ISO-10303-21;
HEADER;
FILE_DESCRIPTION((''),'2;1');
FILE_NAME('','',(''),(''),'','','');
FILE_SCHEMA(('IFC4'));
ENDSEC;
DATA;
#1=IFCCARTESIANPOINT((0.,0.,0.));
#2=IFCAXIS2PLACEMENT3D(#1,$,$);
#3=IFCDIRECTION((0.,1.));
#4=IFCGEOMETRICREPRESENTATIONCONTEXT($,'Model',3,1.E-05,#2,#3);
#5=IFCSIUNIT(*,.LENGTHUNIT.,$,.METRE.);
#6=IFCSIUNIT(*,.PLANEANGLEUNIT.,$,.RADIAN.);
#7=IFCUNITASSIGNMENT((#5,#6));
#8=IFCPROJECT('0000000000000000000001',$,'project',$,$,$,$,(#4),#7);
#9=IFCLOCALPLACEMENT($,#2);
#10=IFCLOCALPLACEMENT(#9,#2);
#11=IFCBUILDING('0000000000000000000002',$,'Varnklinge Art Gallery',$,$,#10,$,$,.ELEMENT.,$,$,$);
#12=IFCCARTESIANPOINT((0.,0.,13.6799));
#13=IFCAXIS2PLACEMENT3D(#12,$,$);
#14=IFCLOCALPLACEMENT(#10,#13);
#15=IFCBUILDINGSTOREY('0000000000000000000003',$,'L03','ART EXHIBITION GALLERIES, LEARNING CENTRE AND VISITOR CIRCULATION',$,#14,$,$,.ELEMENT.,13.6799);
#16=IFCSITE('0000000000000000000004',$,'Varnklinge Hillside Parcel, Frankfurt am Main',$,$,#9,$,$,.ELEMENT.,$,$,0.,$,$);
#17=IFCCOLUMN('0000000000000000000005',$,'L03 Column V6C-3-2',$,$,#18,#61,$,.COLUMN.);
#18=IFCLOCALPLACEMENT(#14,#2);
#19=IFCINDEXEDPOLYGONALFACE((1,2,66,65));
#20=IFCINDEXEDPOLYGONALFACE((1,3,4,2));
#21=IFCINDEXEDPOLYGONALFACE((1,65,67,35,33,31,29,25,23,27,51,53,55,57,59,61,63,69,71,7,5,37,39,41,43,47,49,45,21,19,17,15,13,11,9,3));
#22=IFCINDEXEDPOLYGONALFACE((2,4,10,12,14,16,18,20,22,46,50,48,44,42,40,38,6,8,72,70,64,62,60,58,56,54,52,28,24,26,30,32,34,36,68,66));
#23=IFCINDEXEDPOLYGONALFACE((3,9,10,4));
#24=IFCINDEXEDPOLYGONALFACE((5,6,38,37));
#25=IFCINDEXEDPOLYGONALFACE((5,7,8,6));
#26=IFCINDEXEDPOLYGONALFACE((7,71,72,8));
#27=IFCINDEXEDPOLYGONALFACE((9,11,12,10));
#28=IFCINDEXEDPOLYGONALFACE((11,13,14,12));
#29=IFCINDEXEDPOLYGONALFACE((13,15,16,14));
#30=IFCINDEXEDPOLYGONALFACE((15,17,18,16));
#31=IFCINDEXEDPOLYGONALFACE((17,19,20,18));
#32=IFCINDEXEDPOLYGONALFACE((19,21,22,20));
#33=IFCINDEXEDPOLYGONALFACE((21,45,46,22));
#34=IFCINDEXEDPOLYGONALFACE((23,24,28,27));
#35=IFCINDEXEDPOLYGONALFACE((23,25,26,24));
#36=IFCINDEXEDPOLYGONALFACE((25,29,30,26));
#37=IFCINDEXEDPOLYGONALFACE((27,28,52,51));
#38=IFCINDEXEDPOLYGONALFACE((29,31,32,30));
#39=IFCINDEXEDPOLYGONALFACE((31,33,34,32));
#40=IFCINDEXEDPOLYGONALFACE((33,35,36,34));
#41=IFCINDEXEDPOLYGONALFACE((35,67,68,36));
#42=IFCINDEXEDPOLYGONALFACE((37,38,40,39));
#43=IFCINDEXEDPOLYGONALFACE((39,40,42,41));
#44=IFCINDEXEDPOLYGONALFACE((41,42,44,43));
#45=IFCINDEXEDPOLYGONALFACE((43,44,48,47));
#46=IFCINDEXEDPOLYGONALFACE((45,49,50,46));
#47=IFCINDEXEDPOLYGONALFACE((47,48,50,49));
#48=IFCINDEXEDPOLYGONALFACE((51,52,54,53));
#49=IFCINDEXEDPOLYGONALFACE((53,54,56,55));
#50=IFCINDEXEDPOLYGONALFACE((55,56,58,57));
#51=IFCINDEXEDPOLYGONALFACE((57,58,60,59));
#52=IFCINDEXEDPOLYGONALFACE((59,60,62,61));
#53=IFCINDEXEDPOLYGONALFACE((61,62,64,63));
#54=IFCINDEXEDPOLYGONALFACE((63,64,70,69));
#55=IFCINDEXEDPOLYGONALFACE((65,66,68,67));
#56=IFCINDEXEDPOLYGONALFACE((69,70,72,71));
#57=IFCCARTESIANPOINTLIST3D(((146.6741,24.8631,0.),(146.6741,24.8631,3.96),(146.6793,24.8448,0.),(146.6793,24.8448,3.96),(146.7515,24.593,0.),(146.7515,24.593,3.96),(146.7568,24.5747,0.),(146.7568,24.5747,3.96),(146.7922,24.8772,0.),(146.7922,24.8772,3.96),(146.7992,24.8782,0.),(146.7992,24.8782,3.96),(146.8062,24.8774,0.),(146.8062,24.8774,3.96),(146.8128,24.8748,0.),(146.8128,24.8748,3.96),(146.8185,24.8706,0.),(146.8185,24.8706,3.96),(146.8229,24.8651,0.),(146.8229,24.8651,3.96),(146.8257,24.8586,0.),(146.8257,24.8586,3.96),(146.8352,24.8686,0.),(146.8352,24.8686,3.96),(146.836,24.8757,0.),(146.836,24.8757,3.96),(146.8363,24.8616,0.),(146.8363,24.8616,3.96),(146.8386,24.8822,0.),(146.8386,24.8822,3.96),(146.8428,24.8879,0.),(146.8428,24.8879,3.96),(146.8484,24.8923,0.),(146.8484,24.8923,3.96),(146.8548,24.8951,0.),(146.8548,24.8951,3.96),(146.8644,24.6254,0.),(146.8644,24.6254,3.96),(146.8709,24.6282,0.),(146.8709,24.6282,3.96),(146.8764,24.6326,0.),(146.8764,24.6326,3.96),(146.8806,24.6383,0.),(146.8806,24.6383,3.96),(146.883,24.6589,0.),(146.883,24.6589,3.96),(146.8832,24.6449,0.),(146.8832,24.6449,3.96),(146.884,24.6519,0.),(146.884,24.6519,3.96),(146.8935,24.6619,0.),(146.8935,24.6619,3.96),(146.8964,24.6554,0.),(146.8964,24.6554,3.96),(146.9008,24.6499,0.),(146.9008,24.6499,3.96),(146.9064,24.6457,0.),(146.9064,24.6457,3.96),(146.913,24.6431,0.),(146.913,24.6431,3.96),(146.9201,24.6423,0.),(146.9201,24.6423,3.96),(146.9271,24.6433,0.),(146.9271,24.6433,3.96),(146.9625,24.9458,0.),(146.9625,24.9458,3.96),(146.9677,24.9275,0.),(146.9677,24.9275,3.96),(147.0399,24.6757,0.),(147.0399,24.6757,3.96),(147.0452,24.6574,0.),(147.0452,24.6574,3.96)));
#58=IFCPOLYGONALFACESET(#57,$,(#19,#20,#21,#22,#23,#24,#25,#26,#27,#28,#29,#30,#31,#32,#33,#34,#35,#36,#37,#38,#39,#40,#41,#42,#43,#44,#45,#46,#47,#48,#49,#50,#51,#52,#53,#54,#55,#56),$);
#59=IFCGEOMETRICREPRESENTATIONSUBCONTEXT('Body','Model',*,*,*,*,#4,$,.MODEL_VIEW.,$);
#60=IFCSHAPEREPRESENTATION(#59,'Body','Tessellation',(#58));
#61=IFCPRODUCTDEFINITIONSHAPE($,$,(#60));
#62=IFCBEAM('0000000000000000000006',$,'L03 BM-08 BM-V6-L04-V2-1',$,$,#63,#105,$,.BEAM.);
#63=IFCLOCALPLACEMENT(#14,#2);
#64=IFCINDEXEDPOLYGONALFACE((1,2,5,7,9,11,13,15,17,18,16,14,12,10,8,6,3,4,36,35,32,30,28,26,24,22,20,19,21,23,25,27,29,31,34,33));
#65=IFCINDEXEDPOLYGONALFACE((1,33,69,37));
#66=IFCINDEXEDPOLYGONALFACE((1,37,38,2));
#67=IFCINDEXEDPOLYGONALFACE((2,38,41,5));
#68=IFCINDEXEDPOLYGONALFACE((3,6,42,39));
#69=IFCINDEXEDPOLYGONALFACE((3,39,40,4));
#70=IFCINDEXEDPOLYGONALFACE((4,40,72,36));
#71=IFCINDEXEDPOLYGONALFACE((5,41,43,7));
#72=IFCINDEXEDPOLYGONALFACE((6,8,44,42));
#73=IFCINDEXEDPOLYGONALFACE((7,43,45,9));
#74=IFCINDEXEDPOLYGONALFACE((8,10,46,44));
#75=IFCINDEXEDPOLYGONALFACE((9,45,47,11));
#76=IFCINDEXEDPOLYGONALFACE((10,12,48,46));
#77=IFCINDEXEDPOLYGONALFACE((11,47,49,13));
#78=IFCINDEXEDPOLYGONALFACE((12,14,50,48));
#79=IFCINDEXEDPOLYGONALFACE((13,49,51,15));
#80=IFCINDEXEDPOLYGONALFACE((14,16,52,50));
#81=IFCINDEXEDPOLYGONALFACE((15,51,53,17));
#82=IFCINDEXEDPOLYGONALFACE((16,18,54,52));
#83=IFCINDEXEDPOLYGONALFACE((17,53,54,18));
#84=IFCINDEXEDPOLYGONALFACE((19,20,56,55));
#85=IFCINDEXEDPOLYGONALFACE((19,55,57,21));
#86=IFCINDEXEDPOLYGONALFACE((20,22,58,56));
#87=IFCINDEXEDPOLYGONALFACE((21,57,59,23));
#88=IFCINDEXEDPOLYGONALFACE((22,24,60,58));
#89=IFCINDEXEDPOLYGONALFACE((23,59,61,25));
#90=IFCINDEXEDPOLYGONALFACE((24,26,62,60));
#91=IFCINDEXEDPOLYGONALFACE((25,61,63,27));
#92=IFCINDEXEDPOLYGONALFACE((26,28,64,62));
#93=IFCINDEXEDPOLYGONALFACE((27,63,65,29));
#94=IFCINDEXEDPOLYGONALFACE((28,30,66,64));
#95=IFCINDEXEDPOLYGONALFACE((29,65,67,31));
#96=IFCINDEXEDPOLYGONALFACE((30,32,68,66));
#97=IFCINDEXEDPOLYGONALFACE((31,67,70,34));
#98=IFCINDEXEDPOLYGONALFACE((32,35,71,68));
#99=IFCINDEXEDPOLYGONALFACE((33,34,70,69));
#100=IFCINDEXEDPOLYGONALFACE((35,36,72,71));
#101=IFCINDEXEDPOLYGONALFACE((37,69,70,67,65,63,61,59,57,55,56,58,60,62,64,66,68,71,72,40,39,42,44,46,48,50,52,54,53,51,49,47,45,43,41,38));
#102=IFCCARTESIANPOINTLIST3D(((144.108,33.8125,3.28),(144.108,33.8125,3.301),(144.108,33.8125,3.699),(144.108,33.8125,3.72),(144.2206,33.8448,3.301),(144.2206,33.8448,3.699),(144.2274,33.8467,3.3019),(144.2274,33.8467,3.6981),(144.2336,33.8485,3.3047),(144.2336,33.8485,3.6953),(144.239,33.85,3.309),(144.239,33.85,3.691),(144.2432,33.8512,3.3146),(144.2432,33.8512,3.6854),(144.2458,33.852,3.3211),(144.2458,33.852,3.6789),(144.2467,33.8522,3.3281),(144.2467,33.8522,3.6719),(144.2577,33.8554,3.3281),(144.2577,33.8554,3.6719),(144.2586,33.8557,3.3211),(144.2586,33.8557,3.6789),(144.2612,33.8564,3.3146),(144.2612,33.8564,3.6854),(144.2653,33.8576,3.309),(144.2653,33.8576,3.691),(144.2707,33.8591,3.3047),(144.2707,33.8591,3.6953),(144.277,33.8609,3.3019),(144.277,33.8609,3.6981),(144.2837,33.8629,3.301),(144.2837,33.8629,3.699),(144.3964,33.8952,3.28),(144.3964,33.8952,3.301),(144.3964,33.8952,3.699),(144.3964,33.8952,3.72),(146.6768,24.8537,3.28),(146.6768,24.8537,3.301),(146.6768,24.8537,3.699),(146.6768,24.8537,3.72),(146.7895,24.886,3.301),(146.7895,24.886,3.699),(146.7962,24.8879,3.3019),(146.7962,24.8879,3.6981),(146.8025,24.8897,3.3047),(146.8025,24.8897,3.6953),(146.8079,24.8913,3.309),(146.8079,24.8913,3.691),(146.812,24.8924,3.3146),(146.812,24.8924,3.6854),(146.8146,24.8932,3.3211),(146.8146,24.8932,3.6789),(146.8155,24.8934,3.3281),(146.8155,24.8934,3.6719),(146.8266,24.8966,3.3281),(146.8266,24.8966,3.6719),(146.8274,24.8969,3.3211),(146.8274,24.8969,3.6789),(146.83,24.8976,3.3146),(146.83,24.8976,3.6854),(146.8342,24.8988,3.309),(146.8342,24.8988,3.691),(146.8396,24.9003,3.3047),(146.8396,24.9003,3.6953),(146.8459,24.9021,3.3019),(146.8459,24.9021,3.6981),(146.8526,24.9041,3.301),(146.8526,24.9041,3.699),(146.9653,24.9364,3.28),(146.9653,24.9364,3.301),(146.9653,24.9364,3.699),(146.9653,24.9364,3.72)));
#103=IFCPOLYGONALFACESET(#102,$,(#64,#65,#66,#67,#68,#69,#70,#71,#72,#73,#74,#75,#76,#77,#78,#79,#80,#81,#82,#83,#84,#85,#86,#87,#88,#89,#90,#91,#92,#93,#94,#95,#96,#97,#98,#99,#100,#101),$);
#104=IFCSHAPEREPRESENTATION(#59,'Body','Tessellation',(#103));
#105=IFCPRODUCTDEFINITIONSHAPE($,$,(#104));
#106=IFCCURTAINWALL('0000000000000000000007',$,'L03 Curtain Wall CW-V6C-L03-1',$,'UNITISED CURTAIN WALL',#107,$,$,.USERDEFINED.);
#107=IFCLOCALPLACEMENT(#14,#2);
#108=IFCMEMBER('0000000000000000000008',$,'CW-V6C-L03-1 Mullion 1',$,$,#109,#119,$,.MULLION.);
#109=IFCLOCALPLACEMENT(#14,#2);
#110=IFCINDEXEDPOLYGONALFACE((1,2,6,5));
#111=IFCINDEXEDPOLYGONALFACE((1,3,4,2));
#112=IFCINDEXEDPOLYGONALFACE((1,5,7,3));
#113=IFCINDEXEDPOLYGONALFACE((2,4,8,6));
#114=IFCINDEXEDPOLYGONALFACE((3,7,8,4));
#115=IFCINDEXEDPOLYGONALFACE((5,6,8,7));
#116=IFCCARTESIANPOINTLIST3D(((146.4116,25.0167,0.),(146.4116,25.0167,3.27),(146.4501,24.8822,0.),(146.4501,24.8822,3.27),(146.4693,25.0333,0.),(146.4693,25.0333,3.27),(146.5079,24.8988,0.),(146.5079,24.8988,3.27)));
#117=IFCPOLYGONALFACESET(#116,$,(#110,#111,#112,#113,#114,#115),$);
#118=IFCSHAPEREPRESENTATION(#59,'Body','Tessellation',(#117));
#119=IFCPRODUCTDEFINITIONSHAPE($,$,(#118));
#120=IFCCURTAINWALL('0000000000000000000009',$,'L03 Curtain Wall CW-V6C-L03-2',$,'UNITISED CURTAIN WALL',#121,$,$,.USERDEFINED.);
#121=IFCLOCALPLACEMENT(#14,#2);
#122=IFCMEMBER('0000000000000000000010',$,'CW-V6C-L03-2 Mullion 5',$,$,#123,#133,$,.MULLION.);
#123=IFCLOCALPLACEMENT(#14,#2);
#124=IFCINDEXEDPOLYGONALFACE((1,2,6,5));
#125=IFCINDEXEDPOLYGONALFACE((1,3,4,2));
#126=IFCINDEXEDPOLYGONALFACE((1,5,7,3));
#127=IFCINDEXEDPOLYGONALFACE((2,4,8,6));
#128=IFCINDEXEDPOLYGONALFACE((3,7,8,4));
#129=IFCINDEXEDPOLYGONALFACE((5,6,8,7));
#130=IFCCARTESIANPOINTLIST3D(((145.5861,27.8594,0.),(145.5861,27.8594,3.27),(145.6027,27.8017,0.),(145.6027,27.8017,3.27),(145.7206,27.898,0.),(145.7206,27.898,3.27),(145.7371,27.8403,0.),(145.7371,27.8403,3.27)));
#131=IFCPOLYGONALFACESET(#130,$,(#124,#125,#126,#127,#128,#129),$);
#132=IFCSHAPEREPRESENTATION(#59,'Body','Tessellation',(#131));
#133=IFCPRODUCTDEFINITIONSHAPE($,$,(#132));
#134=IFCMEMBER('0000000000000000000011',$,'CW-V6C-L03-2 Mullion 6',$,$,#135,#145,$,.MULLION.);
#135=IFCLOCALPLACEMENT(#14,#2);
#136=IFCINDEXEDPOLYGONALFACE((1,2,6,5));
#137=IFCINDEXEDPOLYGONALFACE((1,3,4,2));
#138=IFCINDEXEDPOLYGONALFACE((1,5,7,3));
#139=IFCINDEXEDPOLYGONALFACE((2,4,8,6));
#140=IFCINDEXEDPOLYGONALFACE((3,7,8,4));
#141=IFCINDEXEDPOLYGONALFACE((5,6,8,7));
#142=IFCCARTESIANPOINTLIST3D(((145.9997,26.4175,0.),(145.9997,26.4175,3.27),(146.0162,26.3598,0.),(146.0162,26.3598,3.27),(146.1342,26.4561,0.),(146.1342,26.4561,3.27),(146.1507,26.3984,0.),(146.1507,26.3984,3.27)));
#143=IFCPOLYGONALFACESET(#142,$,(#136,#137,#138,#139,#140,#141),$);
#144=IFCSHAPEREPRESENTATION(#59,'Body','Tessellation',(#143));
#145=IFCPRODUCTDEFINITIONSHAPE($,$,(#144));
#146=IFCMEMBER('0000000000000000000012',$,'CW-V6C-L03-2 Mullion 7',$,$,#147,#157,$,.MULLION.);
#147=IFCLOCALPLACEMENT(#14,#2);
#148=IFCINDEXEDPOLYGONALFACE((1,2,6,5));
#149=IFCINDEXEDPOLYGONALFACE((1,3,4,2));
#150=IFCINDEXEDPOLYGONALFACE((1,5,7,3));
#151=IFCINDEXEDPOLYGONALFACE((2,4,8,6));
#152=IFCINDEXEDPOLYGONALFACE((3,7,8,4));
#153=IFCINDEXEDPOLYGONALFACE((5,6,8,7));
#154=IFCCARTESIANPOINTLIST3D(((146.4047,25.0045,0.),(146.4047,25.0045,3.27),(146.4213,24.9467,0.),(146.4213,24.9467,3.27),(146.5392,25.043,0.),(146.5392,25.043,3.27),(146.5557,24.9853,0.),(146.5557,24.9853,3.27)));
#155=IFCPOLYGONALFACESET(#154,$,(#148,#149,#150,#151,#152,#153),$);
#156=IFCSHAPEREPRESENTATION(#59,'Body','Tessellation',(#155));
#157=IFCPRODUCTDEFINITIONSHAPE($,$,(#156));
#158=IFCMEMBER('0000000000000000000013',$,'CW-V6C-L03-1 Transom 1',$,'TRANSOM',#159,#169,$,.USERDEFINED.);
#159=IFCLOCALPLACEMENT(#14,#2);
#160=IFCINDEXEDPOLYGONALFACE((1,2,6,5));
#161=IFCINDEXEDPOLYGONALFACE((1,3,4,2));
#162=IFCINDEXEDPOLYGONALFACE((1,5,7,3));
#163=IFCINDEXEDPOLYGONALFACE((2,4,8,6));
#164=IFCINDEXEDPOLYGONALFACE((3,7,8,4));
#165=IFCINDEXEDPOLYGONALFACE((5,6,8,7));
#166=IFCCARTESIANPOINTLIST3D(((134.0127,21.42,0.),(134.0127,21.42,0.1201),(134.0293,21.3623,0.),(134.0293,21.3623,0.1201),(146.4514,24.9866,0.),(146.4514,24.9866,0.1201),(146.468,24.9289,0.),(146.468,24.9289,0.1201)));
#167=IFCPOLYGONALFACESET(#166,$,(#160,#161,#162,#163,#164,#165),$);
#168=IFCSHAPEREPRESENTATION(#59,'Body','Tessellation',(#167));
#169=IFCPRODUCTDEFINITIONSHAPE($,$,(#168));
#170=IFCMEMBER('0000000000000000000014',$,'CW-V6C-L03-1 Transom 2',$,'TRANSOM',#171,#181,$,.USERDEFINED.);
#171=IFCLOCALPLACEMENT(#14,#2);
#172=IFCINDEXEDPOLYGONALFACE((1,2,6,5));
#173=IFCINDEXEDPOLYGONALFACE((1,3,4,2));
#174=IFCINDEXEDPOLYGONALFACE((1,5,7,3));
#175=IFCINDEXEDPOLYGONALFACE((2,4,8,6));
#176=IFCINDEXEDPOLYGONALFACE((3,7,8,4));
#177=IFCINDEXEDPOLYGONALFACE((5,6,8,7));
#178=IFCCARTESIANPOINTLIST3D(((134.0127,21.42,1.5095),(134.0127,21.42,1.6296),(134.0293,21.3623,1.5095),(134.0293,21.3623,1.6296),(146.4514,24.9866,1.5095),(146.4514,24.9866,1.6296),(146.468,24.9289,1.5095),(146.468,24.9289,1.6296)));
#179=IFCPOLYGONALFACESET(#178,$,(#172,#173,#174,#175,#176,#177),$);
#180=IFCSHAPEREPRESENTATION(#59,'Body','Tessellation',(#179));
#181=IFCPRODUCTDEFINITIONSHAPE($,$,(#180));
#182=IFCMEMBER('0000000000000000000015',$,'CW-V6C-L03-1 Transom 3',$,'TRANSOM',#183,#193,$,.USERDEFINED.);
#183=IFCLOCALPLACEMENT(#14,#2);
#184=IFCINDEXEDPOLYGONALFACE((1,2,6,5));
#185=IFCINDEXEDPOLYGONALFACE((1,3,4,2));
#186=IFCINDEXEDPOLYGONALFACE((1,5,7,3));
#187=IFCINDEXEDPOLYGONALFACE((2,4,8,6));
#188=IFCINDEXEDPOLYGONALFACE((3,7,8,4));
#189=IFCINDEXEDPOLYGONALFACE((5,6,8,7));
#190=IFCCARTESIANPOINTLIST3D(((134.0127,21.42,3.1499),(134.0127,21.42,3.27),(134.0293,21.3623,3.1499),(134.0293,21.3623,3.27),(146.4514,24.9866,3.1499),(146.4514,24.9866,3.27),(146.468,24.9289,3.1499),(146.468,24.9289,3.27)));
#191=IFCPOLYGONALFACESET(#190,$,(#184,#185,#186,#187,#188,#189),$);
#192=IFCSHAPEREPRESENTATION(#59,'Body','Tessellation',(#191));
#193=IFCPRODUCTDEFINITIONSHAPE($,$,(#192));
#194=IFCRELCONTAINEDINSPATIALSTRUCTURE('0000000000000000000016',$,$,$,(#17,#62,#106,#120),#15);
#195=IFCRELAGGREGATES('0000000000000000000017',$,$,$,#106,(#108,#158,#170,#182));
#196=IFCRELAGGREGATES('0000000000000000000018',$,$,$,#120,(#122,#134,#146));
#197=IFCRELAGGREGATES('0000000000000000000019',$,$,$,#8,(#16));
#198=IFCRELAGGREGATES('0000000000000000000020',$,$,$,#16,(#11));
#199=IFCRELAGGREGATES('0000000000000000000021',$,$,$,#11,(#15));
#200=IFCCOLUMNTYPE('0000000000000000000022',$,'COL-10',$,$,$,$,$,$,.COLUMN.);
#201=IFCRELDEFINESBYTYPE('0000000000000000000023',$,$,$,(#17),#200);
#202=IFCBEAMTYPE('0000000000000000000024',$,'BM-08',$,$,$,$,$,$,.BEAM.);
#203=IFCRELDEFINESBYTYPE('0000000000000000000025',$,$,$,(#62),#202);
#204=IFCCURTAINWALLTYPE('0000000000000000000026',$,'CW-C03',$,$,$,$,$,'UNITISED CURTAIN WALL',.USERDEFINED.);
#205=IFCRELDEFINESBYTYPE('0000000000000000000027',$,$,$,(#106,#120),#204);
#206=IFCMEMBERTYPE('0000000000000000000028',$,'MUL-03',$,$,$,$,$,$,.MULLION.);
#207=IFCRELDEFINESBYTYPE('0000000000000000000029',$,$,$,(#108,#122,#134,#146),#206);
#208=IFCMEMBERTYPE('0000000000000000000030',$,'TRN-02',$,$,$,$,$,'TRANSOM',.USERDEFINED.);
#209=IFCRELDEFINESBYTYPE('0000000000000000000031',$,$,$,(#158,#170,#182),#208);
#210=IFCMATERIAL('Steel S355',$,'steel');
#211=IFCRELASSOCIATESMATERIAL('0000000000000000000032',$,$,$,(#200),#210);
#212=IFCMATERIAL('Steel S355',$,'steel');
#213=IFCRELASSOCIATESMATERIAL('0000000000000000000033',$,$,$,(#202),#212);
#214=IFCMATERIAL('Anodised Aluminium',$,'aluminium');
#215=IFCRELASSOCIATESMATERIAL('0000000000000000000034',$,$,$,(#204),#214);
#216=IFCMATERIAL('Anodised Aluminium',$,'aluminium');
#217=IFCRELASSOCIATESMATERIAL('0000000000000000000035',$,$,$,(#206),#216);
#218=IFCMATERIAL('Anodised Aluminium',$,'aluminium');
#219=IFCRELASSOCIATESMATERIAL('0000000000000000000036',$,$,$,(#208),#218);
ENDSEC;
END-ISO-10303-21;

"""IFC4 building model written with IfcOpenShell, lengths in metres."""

from ifc_helpers import new_model, si_unit, direction, frame, origin, origin_2d, place, context, subcontext, project, spatial, rectangle, i_section, extrude, material, material_profile, profile_set, type_object, element, aggregate, save


model = new_model("IFC4")

# Units and contexts
model_context = context("Model", 3, precision=1e-05, world=origin(), true_north=direction((0.0, 1.0)))
body_context = subcontext(model_context, "Body", "Model", "MODEL_VIEW")
ifc_project = project(units=[si_unit("LENGTHUNIT", "METRE"), si_unit("PLANEANGLEUNIT", "RADIAN")], contexts=[model_context])

# Site, building, storey
site_placement = place(None, origin())
site = spatial("IfcSite", under=ifc_project, at=site_placement, Name="Varnklinge Hillside Parcel, Frankfurt am Main", CompositionType="ELEMENT", RefElevation=0.0)
building_placement = place(site_placement, origin())
building = spatial("IfcBuilding", under=site, at=building_placement, Name="Varnklinge Art Gallery", CompositionType="ELEMENT")
storey_placement = place(building_placement, frame((0.0, 0.0, 13.6799)))
storey = spatial("IfcBuildingStorey", under=building, at=storey_placement, Name="L03", Description="ART EXHIBITION GALLERIES, LEARNING CENTRE AND VISITOR CIRCULATION", CompositionType="ELEMENT", Elevation=13.6799)

# Column
ifc_material_1 = material(Name="Steel S355", Category="steel")
ifc_material_profile_1 = material_profile(ifc_material_1, i_section(OverallWidth=0.3, OverallDepth=0.3, WebThickness=0.011, FlangeThickness=0.019, FilletRadius=0.0271, at=origin_2d()), Name="HEB 300")
ifc_profile_set_1 = profile_set([ifc_material_profile_1], Name="Steel S355")
column_type = type_object("IfcColumnType", Name="COL-10", PredefinedType="COLUMN", material=ifc_profile_set_1)
column_placement = place(storey_placement, frame((146.8596, 24.7603, 0.0), z_axis=(0.0, 0.0, 1.0), x_axis=(0.961262, 0.275637, 0.0)))
element("IfcColumn", 1, at=column_placement, inside=storey, type_object=column_type, Name="L03 Column V6C-3-2", PredefinedType="COLUMN", context=body_context, shape_type="SweptSolid", body=[
    extrude(i_section(OverallWidth=0.3, OverallDepth=0.3, WebThickness=0.011, FlangeThickness=0.019, FilletRadius=0.0271, at=origin_2d()), origin(), (0.0, 0.0, 1.0), 3.96),
])

# Beam
ifc_material_2 = material(Name="Steel S355", Category="steel")
ifc_material_profile_2 = material_profile(ifc_material_2, i_section(OverallWidth=0.3, OverallDepth=0.4399, WebThickness=0.0115, FlangeThickness=0.021, FilletRadius=0.0271, at=origin_2d()), Name="HEA 450")
ifc_profile_set_2 = profile_set([ifc_material_profile_2], Name="Steel S355")
beam_type = type_object("IfcBeamType", Name="BM-08", PredefinedType="BEAM", material=ifc_profile_set_2)
beam_placement = place(storey_placement, frame((146.821, 24.895, 3.5), z_axis=(-0.275634, 0.961263, 0.0), x_axis=(-0.961263, -0.275634, 0.0)))
element("IfcBeam", 2, at=beam_placement, inside=storey, type_object=beam_type, Name="L03 BM-08 BM-V6-L04-V2-1", PredefinedType="BEAM", context=body_context, shape_type="SweptSolid", body=[
    extrude(i_section(OverallWidth=0.3, OverallDepth=0.4399, WebThickness=0.0115, FlangeThickness=0.021, FilletRadius=0.0271, at=origin_2d()), origin(), (0.0, 0.0, 1.0), 9.3198),
])

# Curtain wall, member
ifc_material_3 = material(Name="Anodised Aluminium", Category="aluminium")
curtain_wall_type = type_object("IfcCurtainWallType", Name="CW-C03", ElementType="UNITISED CURTAIN WALL", PredefinedType="USERDEFINED", material=ifc_material_3)
curtain_wall_1_placement = place(storey_placement, origin())
curtain_wall_1 = element("IfcCurtainWall", 3, at=curtain_wall_1_placement, inside=storey, type_object=curtain_wall_type, Name="L03 Curtain Wall CW-V6C-L03-1", ObjectType="UNITISED CURTAIN WALL", PredefinedType="USERDEFINED")
ifc_material_4 = material(Name="Anodised Aluminium", Category="aluminium")
ifc_material_profile_3 = material_profile(ifc_material_4, rectangle(XDim=0.0601, YDim=0.1399, at=origin_2d()), Name="ALU 60x140")
ifc_profile_set_3 = profile_set([ifc_material_profile_3], Name="Anodised Aluminium")
member_type_1 = type_object("IfcMemberType", Name="MUL-03", PredefinedType="MULLION", material=ifc_profile_set_3)
member_1_placement = place(storey_placement, frame((146.4597, 24.9578, 0.0), z_axis=(0.0, 0.0, 1.0), x_axis=(-0.961262, -0.275637, 0.0)))
member_1 = element("IfcMember", 4, at=member_1_placement, type_object=member_type_1, Name="CW-V6C-L03-1 Mullion 1", PredefinedType="MULLION", context=body_context, shape_type="SweptSolid", body=[
    extrude(rectangle(XDim=0.0601, YDim=0.1399, at=origin_2d()), origin(), (0.0, 0.0, 1.0), 3.27),
])

# Curtain wall, members
curtain_wall_2_placement = place(storey_placement, origin())
curtain_wall_2 = element("IfcCurtainWall", 5, at=curtain_wall_2_placement, inside=storey, type_object=curtain_wall_type, Name="L03 Curtain Wall CW-V6C-L03-2", ObjectType="UNITISED CURTAIN WALL", PredefinedType="USERDEFINED")
member_2_placement = place(storey_placement, frame((145.6616, 27.8499, 0.0), z_axis=(0.0, 0.0, 1.0), x_axis=(0.275637, -0.961262, 0.0)))
member_2 = element("IfcMember", 6, at=member_2_placement, type_object=member_type_1, Name="CW-V6C-L03-2 Mullion 5", PredefinedType="MULLION", context=body_context, shape_type="SweptSolid", body=[
    extrude(rectangle(XDim=0.0601, YDim=0.1399, at=origin_2d()), origin(), (0.0, 0.0, 1.0), 3.27),
])
member_3_placement = place(storey_placement, frame((146.0752, 26.408, 0.0), z_axis=(0.0, 0.0, 1.0), x_axis=(0.275637, -0.961262, 0.0)))
member_3 = element("IfcMember", 7, at=member_3_placement, type_object=member_type_1, Name="CW-V6C-L03-2 Mullion 6", PredefinedType="MULLION", context=body_context, shape_type="SweptSolid", body=[
    extrude(rectangle(XDim=0.0601, YDim=0.1399, at=origin_2d()), origin(), (0.0, 0.0, 1.0), 3.27),
])
member_4_placement = place(storey_placement, frame((146.4802, 24.9949, 0.0), z_axis=(0.0, 0.0, 1.0), x_axis=(0.275637, -0.961262, 0.0)))
member_4 = element("IfcMember", 8, at=member_4_placement, type_object=member_type_1, Name="CW-V6C-L03-2 Mullion 7", PredefinedType="MULLION", context=body_context, shape_type="SweptSolid", body=[
    extrude(rectangle(XDim=0.0601, YDim=0.1399, at=origin_2d()), origin(), (0.0, 0.0, 1.0), 3.27),
])

# Members
ifc_material_5 = material(Name="Anodised Aluminium", Category="aluminium")
ifc_material_profile_4 = material_profile(ifc_material_5, rectangle(XDim=0.0601, YDim=0.1201, at=origin_2d()), Name="ALU 60x120")
ifc_profile_set_4 = profile_set([ifc_material_profile_4], Name="Anodised Aluminium")
member_type_2 = type_object("IfcMemberType", Name="TRN-02", ElementType="TRANSOM", PredefinedType="USERDEFINED", material=ifc_profile_set_4)
member_5_placement = place(storey_placement, frame((146.4597, 24.9578, 0.0601), z_axis=(-0.961264, -0.275631, 0.0), x_axis=(0.275631, -0.961264, 0.0)))
member_5 = element("IfcMember", 9, at=member_5_placement, type_object=member_type_2, Name="CW-V6C-L03-1 Transom 1", ObjectType="TRANSOM", PredefinedType="USERDEFINED", context=body_context, shape_type="SweptSolid", body=[
    extrude(rectangle(XDim=0.0601, YDim=0.1201, at=origin_2d()), origin(), (0.0, 0.0, 1.0), 12.9399),
])
member_6_placement = place(storey_placement, frame((146.4597, 24.9578, 1.5696), z_axis=(-0.961264, -0.275631, 0.0), x_axis=(0.275631, -0.961264, 0.0)))
member_6 = element("IfcMember", 10, at=member_6_placement, type_object=member_type_2, Name="CW-V6C-L03-1 Transom 2", ObjectType="TRANSOM", PredefinedType="USERDEFINED", context=body_context, shape_type="SweptSolid", body=[
    extrude(rectangle(XDim=0.0601, YDim=0.1201, at=origin_2d()), origin(), (0.0, 0.0, 1.0), 12.9399),
])
member_7_placement = place(storey_placement, frame((146.4597, 24.9578, 3.21), z_axis=(-0.961264, -0.275631, 0.0), x_axis=(0.275631, -0.961264, 0.0)))
member_7 = element("IfcMember", 11, at=member_7_placement, type_object=member_type_2, Name="CW-V6C-L03-1 Transom 3", ObjectType="TRANSOM", PredefinedType="USERDEFINED", context=body_context, shape_type="SweptSolid", body=[
    extrude(rectangle(XDim=0.0601, YDim=0.1201, at=origin_2d()), origin(), (0.0, 0.0, 1.0), 12.9399),
])

aggregate(curtain_wall_1, [member_1, member_5, member_6, member_7])
aggregate(curtain_wall_2, [member_2, member_3, member_4])

save(model, "model.ifc")
